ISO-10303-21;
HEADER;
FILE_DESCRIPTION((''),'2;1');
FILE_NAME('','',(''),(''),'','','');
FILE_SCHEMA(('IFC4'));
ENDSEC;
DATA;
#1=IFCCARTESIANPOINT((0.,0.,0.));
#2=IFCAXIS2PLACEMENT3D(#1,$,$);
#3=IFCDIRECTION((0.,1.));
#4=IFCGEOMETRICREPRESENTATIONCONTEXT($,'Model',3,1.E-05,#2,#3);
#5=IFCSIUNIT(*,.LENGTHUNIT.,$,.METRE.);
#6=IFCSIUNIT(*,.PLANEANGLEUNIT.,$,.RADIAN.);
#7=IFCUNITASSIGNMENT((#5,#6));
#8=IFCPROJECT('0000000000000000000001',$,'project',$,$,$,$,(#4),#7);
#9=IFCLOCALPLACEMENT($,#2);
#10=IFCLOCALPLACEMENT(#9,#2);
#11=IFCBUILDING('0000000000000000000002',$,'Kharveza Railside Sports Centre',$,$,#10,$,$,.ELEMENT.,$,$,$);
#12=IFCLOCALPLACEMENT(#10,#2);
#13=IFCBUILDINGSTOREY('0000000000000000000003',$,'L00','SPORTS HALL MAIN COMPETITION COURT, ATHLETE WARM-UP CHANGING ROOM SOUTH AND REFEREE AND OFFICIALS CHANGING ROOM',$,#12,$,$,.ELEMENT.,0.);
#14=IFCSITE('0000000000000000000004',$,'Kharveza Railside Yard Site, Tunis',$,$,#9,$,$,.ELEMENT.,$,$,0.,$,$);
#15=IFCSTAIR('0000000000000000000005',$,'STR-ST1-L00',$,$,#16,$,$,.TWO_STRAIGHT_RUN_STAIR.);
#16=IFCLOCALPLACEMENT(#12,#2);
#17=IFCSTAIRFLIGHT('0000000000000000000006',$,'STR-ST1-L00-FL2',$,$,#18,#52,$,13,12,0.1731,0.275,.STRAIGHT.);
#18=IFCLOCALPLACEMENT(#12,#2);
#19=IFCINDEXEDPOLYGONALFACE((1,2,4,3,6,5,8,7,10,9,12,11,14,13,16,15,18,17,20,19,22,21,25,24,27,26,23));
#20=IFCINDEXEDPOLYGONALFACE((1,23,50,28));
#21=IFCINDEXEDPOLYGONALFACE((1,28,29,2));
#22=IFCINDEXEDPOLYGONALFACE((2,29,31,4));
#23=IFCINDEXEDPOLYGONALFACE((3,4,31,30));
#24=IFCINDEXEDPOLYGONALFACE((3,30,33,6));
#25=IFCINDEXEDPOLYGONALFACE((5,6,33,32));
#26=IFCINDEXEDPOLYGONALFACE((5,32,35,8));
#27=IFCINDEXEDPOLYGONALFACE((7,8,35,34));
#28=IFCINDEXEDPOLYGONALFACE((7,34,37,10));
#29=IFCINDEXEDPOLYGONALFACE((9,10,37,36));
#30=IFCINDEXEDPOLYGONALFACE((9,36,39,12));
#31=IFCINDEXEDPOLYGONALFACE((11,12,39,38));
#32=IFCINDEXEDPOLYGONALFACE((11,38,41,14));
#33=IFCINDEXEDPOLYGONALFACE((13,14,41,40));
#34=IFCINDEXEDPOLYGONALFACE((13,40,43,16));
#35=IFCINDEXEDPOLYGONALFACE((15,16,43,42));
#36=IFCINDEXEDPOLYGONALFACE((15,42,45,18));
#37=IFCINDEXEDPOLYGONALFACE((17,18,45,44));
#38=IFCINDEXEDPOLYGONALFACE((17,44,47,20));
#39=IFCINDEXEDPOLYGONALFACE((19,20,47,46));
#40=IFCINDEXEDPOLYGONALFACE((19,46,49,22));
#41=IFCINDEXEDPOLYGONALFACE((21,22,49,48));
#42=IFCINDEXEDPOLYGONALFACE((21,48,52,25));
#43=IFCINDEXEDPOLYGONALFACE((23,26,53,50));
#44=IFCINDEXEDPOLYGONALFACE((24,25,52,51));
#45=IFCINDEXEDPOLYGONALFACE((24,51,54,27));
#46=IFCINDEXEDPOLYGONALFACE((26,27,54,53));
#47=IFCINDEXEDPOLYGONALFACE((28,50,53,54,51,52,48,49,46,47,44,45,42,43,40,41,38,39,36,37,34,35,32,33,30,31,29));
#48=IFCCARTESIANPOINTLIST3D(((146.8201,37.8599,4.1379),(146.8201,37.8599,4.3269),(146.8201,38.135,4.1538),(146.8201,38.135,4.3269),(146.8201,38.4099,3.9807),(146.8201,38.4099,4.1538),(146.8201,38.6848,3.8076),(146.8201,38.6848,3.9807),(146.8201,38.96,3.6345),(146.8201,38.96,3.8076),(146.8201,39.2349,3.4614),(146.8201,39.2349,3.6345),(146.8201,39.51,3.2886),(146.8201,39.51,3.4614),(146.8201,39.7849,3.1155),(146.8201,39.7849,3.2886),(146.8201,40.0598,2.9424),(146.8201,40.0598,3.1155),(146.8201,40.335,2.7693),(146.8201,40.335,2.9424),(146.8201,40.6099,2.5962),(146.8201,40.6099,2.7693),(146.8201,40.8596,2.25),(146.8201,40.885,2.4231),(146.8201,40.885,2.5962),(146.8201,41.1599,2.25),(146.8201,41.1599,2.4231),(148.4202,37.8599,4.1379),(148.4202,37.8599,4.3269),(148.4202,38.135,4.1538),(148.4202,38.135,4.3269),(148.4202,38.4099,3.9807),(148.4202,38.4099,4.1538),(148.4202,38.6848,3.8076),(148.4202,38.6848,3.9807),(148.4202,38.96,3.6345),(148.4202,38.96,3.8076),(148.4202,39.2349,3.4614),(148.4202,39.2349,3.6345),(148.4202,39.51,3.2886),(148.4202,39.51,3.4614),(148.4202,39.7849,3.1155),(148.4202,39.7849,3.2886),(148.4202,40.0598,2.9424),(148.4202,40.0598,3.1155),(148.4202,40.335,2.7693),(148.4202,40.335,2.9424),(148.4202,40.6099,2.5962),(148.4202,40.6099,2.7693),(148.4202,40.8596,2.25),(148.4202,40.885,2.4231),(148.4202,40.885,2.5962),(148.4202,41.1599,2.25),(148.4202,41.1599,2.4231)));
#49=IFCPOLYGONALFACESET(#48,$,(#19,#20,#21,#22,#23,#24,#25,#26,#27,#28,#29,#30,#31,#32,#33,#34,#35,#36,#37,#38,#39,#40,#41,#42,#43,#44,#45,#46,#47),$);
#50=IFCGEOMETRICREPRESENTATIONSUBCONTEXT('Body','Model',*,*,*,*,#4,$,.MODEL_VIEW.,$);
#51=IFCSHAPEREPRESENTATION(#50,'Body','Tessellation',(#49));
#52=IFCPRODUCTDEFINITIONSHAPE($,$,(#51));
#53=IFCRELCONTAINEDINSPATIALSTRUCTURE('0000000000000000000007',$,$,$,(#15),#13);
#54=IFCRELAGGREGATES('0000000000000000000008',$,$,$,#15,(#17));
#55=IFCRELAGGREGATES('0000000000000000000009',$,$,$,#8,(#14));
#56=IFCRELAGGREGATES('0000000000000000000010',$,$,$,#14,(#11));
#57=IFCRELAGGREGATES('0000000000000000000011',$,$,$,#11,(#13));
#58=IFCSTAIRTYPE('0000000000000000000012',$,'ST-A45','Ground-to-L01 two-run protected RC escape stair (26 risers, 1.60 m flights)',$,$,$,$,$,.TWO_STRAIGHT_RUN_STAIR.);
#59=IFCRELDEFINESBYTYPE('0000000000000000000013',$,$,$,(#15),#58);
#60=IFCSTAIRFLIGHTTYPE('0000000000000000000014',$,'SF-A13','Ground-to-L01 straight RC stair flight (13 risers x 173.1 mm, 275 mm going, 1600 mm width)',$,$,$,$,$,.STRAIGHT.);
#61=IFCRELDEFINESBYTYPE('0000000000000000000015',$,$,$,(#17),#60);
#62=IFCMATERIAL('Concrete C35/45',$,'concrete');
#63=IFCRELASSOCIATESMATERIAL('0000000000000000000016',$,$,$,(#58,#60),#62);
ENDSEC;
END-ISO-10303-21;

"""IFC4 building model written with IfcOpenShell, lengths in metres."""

from ifc_helpers import new_model, si_unit, direction, frame, origin, place, context, subcontext, project, spatial, polyline, outline, extrude, material, type_object, element, aggregate, save


model = new_model("IFC4")

# Units and contexts
model_context = context("Model", 3, precision=1e-05, world=origin(), true_north=direction((0.0, 1.0)))
body_context = subcontext(model_context, "Body", "Model", "MODEL_VIEW")
ifc_project = project(units=[si_unit("LENGTHUNIT", "METRE"), si_unit("PLANEANGLEUNIT", "RADIAN")], contexts=[model_context])

# Site, building, storey
site_placement = place(None, origin())
site = spatial("IfcSite", under=ifc_project, at=site_placement, Name="Kharveza Railside Yard Site, Tunis", CompositionType="ELEMENT", RefElevation=0.0)
building_placement = place(site_placement, origin())
building = spatial("IfcBuilding", under=site, at=building_placement, Name="Kharveza Railside Sports Centre", CompositionType="ELEMENT")
storey_placement = place(building_placement, origin())
storey = spatial("IfcBuildingStorey", under=building, at=storey_placement, Name="L00", Description="SPORTS HALL MAIN COMPETITION COURT, ATHLETE WARM-UP CHANGING ROOM SOUTH AND REFEREE AND OFFICIALS CHANGING ROOM", CompositionType="ELEMENT", Elevation=0.0)

# Shared definitions
ifc_material_1 = material(Name="Concrete C35/45", Category="concrete")

# Stair, stair flight
stair_type = type_object("IfcStairType", Name="ST-A45", Description="Ground-to-L01 two-run protected RC escape stair (26 risers, 1.60 m flights)", PredefinedType="TWO_STRAIGHT_RUN_STAIR", material=ifc_material_1)
stair_placement = place(storey_placement, origin())
stair = element("IfcStair", 1, at=stair_placement, inside=storey, type_object=stair_type, Name="STR-ST1-L00", PredefinedType="TWO_STRAIGHT_RUN_STAIR")
stair_flight_type = type_object("IfcStairFlightType", Name="SF-A13", Description="Ground-to-L01 straight RC stair flight (13 risers x 173.1 mm, 275 mm going, 1600 mm width)", PredefinedType="STRAIGHT", material=ifc_material_1)
stair_flight_1_placement = place(storey_placement, frame((147.6201, 41.1599, 2.25), z_axis=(0.0, 0.0, 1.0), x_axis=(0.0, -1.0, 0.0)))
stair_flight_1 = element("IfcStairFlight", 2, at=stair_flight_1_placement, type_object=stair_flight_type, Name="STR-ST1-L00-FL2", NumberOfRisers=13, NumberOfTreads=12, PredefinedType="STRAIGHT", RiserHeight=0.1731, TreadLength=0.275, context=body_context, shape_type="SweptSolid", body=[
    extrude(outline(polyline([(0.0, 0.0), (0.0, 0.1731), (0.2749, 0.1731), (0.2749, 0.3462), (0.55, 0.3462), (0.55, 0.5193), (0.825, 0.5193), (0.825, 0.6924), (1.1001, 0.6924), (1.1001, 0.8655), (1.375, 0.8655), (1.375, 1.0386), (1.6499, 1.0386), (1.6499, 1.2114), (1.925, 1.2114), (1.925, 1.3845), (2.2, 1.3845), (2.2, 1.5576), (2.4751, 1.5576), (2.4751, 1.7307), (2.75, 1.7307), (2.75, 1.9038), (3.0249, 1.9038), (3.0249, 2.0769), (3.3, 2.0769), (3.3, 2.25), (3.3, 1.8879), (0.3003, 0.0), (0.0, 0.0)])), frame((0.0, 0.8, 0.0), z_axis=(0.0, -1.0, 0.0), x_axis=(1.0, 0.0, 0.0)), (0.0, 0.0, 1.0), 1.6001),
])
aggregate(stair, [stair_flight_1])

save(model, "model.ifc")
